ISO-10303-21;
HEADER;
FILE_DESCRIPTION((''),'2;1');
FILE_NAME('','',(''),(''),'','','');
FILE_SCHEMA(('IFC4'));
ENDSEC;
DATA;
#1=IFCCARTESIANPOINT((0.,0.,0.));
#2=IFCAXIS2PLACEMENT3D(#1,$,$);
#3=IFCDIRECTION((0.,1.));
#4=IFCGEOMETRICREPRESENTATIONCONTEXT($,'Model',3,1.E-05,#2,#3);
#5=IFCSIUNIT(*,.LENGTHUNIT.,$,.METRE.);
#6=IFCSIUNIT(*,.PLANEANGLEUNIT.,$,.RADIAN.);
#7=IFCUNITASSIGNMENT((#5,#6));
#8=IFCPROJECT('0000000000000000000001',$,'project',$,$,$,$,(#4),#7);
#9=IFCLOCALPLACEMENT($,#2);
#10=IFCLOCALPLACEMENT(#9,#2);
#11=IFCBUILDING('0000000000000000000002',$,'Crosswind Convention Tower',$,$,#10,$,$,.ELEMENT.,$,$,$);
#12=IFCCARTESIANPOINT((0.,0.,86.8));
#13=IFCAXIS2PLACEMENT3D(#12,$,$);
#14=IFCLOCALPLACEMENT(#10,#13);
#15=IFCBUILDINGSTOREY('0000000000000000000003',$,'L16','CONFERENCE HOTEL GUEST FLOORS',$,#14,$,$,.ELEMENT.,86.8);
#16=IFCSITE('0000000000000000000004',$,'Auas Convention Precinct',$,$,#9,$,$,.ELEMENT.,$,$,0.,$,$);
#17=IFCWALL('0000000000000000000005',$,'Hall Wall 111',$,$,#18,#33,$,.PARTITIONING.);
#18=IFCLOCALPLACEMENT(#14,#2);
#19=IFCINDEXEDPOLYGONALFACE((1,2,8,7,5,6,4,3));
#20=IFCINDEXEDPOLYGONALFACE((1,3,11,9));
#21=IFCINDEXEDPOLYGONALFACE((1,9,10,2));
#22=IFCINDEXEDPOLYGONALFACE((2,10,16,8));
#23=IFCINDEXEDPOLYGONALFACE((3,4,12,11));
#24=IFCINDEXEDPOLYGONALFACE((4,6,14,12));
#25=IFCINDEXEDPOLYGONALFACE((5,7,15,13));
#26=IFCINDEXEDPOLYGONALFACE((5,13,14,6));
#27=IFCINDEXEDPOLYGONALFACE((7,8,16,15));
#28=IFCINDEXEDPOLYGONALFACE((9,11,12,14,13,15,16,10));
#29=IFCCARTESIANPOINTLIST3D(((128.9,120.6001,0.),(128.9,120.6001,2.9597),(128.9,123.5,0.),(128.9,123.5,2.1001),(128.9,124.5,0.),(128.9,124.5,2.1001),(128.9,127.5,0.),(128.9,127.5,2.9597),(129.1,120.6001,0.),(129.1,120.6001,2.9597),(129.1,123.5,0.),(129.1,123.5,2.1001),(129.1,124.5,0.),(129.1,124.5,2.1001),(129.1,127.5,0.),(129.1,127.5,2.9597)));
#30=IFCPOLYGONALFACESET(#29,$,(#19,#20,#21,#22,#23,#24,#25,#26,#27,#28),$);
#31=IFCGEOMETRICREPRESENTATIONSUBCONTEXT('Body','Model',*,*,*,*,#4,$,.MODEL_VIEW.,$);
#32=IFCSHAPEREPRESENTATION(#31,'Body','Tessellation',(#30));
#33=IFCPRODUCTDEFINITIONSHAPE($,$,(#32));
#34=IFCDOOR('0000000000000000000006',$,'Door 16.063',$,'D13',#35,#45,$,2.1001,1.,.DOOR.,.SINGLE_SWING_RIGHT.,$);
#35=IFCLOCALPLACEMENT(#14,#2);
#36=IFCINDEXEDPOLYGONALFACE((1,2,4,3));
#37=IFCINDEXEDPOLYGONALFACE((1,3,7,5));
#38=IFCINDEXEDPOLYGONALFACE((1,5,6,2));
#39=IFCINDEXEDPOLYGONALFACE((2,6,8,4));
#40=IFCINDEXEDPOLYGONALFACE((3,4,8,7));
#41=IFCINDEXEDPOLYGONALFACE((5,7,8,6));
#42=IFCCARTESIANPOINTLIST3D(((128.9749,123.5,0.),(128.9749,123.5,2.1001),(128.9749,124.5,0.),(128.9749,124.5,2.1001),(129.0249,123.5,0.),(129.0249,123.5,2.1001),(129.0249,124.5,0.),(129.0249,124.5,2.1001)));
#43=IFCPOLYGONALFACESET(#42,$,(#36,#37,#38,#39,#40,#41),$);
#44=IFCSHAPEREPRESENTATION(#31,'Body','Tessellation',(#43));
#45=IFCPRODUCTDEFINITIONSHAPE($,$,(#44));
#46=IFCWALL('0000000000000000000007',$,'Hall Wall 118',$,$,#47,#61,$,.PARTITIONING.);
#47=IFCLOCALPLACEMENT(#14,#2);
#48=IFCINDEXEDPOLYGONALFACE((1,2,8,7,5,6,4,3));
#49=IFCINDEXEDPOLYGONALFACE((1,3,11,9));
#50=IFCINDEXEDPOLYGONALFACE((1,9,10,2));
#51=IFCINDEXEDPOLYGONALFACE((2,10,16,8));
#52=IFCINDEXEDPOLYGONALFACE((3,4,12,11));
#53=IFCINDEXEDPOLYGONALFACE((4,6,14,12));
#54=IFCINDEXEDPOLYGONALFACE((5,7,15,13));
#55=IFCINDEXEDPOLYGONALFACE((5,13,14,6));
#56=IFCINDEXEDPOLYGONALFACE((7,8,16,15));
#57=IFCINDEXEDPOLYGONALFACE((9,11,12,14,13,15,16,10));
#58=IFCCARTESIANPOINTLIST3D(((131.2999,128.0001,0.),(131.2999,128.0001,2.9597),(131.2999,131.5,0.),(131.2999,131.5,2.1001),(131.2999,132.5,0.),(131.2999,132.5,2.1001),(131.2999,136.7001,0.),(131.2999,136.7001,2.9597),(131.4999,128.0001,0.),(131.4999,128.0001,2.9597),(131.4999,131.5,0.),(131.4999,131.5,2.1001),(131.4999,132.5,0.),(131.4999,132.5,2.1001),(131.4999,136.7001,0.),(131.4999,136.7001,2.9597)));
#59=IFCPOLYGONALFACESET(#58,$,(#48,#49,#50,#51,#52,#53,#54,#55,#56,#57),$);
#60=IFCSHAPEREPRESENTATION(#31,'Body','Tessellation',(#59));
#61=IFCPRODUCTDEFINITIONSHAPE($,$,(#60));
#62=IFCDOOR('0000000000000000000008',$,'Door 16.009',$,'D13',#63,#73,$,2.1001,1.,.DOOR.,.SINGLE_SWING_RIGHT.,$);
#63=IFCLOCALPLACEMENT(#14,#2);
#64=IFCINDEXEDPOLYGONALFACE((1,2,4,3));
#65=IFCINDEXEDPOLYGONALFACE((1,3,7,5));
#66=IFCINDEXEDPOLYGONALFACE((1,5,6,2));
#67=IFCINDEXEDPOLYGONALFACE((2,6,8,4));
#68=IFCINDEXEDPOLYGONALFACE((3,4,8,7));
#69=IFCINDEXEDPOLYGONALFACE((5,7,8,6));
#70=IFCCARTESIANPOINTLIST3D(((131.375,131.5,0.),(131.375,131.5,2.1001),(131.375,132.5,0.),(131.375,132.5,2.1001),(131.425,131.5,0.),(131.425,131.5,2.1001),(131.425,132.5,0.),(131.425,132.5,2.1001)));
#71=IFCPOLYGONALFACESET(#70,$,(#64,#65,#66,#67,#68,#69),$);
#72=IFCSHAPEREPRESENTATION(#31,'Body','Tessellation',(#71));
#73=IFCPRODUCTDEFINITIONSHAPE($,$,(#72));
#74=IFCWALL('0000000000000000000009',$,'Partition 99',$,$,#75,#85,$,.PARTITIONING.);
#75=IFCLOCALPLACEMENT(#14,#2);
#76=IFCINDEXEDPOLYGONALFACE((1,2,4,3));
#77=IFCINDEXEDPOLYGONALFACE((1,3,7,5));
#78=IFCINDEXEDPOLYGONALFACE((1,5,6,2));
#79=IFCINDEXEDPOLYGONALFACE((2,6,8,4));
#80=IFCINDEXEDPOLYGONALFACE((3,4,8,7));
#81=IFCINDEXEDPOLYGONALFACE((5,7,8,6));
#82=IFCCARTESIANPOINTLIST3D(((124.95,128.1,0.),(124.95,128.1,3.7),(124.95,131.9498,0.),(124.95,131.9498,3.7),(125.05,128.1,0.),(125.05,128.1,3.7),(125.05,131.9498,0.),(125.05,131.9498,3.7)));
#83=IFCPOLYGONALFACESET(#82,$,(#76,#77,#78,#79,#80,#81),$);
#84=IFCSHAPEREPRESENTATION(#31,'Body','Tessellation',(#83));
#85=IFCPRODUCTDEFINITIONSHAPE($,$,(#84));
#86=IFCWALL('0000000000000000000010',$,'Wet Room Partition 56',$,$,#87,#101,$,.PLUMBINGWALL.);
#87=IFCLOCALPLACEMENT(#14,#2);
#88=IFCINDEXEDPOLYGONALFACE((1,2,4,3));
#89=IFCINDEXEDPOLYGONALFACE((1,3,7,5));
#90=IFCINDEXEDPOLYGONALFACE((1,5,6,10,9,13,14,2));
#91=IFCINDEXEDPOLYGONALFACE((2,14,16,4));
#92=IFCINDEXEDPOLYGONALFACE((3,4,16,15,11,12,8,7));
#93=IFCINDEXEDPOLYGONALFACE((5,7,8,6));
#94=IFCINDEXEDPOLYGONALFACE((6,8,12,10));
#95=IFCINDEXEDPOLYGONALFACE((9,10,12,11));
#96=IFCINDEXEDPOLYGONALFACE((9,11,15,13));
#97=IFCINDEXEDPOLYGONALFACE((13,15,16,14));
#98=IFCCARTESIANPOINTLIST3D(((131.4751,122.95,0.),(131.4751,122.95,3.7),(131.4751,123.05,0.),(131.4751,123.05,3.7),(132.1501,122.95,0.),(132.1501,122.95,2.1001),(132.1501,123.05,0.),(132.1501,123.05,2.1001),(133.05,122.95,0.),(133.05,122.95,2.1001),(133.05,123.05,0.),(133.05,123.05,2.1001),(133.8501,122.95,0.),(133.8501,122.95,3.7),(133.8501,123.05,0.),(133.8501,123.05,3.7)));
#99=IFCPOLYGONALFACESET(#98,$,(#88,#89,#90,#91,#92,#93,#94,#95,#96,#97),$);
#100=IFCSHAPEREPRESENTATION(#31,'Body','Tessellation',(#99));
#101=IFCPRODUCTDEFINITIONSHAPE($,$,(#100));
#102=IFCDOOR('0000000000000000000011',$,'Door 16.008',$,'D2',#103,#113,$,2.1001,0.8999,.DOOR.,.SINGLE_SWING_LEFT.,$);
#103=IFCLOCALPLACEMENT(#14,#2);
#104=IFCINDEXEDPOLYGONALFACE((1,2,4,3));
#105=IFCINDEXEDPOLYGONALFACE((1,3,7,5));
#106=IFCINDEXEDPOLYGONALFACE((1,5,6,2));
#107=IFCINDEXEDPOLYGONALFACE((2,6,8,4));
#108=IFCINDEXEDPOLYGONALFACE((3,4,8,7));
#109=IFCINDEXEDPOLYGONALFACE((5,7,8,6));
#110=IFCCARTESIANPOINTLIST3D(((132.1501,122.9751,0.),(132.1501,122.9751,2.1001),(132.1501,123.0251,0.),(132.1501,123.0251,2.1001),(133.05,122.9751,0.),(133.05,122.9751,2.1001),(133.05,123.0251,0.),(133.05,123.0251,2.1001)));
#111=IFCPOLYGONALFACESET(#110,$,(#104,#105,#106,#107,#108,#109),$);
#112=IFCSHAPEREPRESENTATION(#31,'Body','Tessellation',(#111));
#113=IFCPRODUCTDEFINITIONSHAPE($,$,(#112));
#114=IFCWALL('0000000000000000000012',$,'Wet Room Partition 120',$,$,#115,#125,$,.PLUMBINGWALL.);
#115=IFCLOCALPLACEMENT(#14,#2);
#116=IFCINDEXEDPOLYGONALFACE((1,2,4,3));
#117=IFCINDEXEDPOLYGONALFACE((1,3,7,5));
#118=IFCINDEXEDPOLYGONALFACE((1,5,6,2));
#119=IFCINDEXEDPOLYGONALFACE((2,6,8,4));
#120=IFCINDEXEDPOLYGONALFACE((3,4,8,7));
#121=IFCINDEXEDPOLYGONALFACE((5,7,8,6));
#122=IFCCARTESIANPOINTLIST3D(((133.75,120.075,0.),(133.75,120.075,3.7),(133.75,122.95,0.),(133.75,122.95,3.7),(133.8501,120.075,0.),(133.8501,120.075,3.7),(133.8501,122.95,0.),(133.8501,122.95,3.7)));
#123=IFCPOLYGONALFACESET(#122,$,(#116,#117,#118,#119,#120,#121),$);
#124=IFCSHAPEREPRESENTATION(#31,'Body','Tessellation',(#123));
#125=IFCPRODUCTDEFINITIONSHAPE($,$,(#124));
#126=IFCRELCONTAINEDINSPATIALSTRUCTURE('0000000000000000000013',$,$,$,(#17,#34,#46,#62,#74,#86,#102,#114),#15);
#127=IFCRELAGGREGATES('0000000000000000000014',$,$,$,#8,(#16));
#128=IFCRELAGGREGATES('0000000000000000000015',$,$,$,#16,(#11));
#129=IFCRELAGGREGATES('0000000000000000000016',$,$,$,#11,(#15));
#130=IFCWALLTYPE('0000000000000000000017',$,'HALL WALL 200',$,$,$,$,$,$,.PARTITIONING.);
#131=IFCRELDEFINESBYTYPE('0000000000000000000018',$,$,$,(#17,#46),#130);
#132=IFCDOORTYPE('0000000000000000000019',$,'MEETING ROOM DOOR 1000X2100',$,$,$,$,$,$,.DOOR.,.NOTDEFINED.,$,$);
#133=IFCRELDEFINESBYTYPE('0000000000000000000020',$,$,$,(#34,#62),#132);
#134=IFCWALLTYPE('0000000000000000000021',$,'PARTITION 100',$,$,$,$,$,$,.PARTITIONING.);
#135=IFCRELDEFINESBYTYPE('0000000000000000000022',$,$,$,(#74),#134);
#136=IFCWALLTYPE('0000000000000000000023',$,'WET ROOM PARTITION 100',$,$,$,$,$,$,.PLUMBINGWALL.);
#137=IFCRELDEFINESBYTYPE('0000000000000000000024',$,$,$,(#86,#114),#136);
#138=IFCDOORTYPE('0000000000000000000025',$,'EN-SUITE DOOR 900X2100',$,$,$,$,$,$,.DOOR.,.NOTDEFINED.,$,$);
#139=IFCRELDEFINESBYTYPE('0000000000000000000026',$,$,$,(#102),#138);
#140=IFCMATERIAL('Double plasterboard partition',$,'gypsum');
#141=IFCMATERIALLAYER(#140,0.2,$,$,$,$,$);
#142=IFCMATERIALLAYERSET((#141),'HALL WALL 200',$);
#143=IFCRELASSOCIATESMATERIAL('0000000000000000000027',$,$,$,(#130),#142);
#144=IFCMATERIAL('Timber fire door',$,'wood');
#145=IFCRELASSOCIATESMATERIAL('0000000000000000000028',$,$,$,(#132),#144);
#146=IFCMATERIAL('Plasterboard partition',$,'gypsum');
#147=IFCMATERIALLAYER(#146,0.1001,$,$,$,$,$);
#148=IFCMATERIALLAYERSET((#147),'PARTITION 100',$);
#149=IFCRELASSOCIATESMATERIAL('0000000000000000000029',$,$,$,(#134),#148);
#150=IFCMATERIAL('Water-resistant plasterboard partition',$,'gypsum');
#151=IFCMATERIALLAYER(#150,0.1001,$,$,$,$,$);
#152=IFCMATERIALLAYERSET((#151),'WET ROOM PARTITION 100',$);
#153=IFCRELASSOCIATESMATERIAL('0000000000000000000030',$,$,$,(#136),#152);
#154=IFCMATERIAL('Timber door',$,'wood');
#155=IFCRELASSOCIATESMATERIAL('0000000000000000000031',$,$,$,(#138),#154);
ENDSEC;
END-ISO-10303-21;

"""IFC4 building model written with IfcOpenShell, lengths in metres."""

from ifc_helpers import new_model, si_unit, direction, frame, frame_2d, origin, place, context, subcontext, project, spatial, rectangle, extrude, material, layer, layer_set, type_object, element, fill, save


model = new_model("IFC4")

# Units and contexts
model_context = context("Model", 3, precision=1e-05, world=origin(), true_north=direction((0.0, 1.0)))
body_context = subcontext(model_context, "Body", "Model", "MODEL_VIEW")
ifc_project = project(units=[si_unit("LENGTHUNIT", "METRE"), si_unit("PLANEANGLEUNIT", "RADIAN")], contexts=[model_context])

# Site, building, storey
site_placement = place(None, origin())
site = spatial("IfcSite", under=ifc_project, at=site_placement, Name="Auas Convention Precinct", CompositionType="ELEMENT", RefElevation=0.0)
building_placement = place(site_placement, origin())
building = spatial("IfcBuilding", under=site, at=building_placement, Name="Crosswind Convention Tower", CompositionType="ELEMENT")
storey_placement = place(building_placement, frame((0.0, 0.0, 86.8)))
storey = spatial("IfcBuildingStorey", under=building, at=storey_placement, Name="L16", Description="CONFERENCE HOTEL GUEST FLOORS", CompositionType="ELEMENT", Elevation=86.8)

# Shared definitions
ifc_material_1 = material(Name="Double plasterboard partition", Category="gypsum")
ifc_layer_1 = layer(ifc_material_1, 0.2)
ifc_layer_set_1 = layer_set([ifc_layer_1], Name="HALL WALL 200")
wall_type_1 = type_object("IfcWallType", Name="HALL WALL 200", PredefinedType="PARTITIONING", material=ifc_layer_set_1)

# Walls, openings, doors
wall_1_placement = place(storey_placement, frame((129.0, 120.6001, 0.0), z_axis=(0.0, 0.0, 1.0), x_axis=(0.0, 1.0, 0.0)))
wall_1 = element("IfcWall", 1, at=wall_1_placement, inside=storey, type_object=wall_type_1, Name="Hall Wall 111", PredefinedType="PARTITIONING", context=body_context, shape_type="SweptSolid", body=[
    extrude(rectangle(XDim=6.8999, YDim=0.2, at=frame_2d((3.45, 0.0))), origin(), (0.0, 0.0, 1.0), 2.9597),
])
opening_1_placement = place(wall_1_placement, frame((2.8999, 0.0, 0.0)))
opening_1 = element("IfcOpeningElement", 2, at=opening_1_placement, cuts=wall_1, PredefinedType="OPENING", context=body_context, shape_type="SweptSolid", body=[
    extrude(rectangle(XDim=1.0, YDim=2.1001, at=frame_2d((0.5, 1.05))), frame((0.0, 0.1099, 0.0), z_axis=(0.0, -1.0, 0.0), x_axis=(1.0, 0.0, 0.0)), (0.0, 0.0, 1.0), 0.22),
])
ifc_material_2 = material(Name="Timber fire door", Category="wood")
door_type_1 = type_object("IfcDoorType", Name="MEETING ROOM DOOR 1000X2100", OperationType="NOTDEFINED", PredefinedType="DOOR", material=ifc_material_2)
door_1_placement = place(opening_1_placement, frame((1.0, 0.0, 0.0), z_axis=(0.0, 0.0, 1.0), x_axis=(-1.0, 0.0, 0.0)))
door_1 = element("IfcDoor", 3, at=door_1_placement, inside=storey, type_object=door_type_1, Name="Door 16.063", ObjectType="D13", OperationType="SINGLE_SWING_RIGHT", OverallHeight=2.1001, OverallWidth=1.0, PredefinedType="DOOR", context=body_context, shape_type="SweptSolid", body=[
    extrude(rectangle(XDim=1.0, YDim=2.1001, at=frame_2d((0.5, 1.05))), frame((0.0, 0.0249, 0.0), z_axis=(0.0, -1.0, 0.0), x_axis=(1.0, 0.0, 0.0)), (0.0, 0.0, 1.0), 0.05),
])
fill(opening_1, door_1)
wall_2_placement = place(storey_placement, frame((131.3999, 128.0, 0.0), z_axis=(0.0, 0.0, 1.0), x_axis=(0.0, 1.0, 0.0)))
wall_2 = element("IfcWall", 4, at=wall_2_placement, inside=storey, type_object=wall_type_1, Name="Hall Wall 118", PredefinedType="PARTITIONING", context=body_context, shape_type="SweptSolid", body=[
    extrude(rectangle(XDim=8.7, YDim=0.2, at=frame_2d((4.3501, 0.0))), origin(), (0.0, 0.0, 1.0), 2.9597),
])
opening_2_placement = place(wall_2_placement, frame((3.5, 0.0, 0.0)))
opening_2 = element("IfcOpeningElement", 5, at=opening_2_placement, cuts=wall_2, PredefinedType="OPENING", context=body_context, shape_type="SweptSolid", body=[
    extrude(rectangle(XDim=1.0, YDim=2.1001, at=frame_2d((0.5, 1.05))), frame((0.0, 0.1099, 0.0), z_axis=(0.0, -1.0, 0.0), x_axis=(1.0, 0.0, 0.0)), (0.0, 0.0, 1.0), 0.22),
])
door_2_placement = place(opening_2_placement, origin())
door_2 = element("IfcDoor", 6, at=door_2_placement, inside=storey, type_object=door_type_1, Name="Door 16.009", ObjectType="D13", OperationType="SINGLE_SWING_RIGHT", OverallHeight=2.1001, OverallWidth=1.0, PredefinedType="DOOR", context=body_context, shape_type="SweptSolid", body=[
    extrude(rectangle(XDim=1.0, YDim=2.1001, at=frame_2d((0.5, 1.05))), frame((0.0, 0.0249, 0.0), z_axis=(0.0, -1.0, 0.0), x_axis=(1.0, 0.0, 0.0)), (0.0, 0.0, 1.0), 0.05),
])
fill(opening_2, door_2)

# Wall
ifc_material_3 = material(Name="Plasterboard partition", Category="gypsum")
ifc_layer_2 = layer(ifc_material_3, 0.1001)
ifc_layer_set_2 = layer_set([ifc_layer_2], Name="PARTITION 100")
wall_type_2 = type_object("IfcWallType", Name="PARTITION 100", PredefinedType="PARTITIONING", material=ifc_layer_set_2)
wall_3_placement = place(storey_placement, frame((125.0, 128.1001, 0.0), z_axis=(0.0, 0.0, 1.0), x_axis=(0.0, 1.0, 0.0)))
element("IfcWall", 7, at=wall_3_placement, inside=storey, type_object=wall_type_2, Name="Partition 99", PredefinedType="PARTITIONING", context=body_context, shape_type="SweptSolid", body=[
    extrude(rectangle(XDim=3.8499, YDim=0.1001, at=frame_2d((1.9248, 0.0))), origin(), (0.0, 0.0, 1.0), 3.7),
])

# Wall, opening, door
ifc_material_4 = material(Name="Water-resistant plasterboard partition", Category="gypsum")
ifc_layer_3 = layer(ifc_material_4, 0.1001)
ifc_layer_set_3 = layer_set([ifc_layer_3], Name="WET ROOM PARTITION 100")
wall_type_3 = type_object("IfcWallType", Name="WET ROOM PARTITION 100", PredefinedType="PLUMBINGWALL", material=ifc_layer_set_3)
wall_4_placement = place(storey_placement, frame((131.4751, 123.0, 0.0), z_axis=(0.0, 0.0, 1.0), x_axis=(1.0, 0.0, 0.0)))
wall_4 = element("IfcWall", 8, at=wall_4_placement, inside=storey, type_object=wall_type_3, Name="Wet Room Partition 56", PredefinedType="PLUMBINGWALL", context=body_context, shape_type="SweptSolid", body=[
    extrude(rectangle(XDim=2.375, YDim=0.1001, at=frame_2d((1.1875, 0.0))), origin(), (0.0, 0.0, 1.0), 3.7),
])
opening_3_placement = place(wall_4_placement, frame((0.675, 0.0, 0.0)))
opening_3 = element("IfcOpeningElement", 9, at=opening_3_placement, cuts=wall_4, PredefinedType="OPENING", context=body_context, shape_type="SweptSolid", body=[
    extrude(rectangle(XDim=0.8999, YDim=2.1001, at=frame_2d((0.45, 1.05))), frame((0.0, 0.0601, 0.0), z_axis=(0.0, -1.0, 0.0), x_axis=(1.0, 0.0, 0.0)), (0.0, 0.0, 1.0), 0.1201),
])
ifc_material_5 = material(Name="Timber door", Category="wood")
door_type_2 = type_object("IfcDoorType", Name="EN-SUITE DOOR 900X2100", OperationType="NOTDEFINED", PredefinedType="DOOR", material=ifc_material_5)
door_3_placement = place(opening_3_placement, frame((0.8999, 0.0, 0.0), z_axis=(0.0, 0.0, 1.0), x_axis=(-1.0, 0.0, 0.0)))
door_3 = element("IfcDoor", 10, at=door_3_placement, inside=storey, type_object=door_type_2, Name="Door 16.008", ObjectType="D2", OperationType="SINGLE_SWING_LEFT", OverallHeight=2.1001, OverallWidth=0.8999, PredefinedType="DOOR", context=body_context, shape_type="SweptSolid", body=[
    extrude(rectangle(XDim=0.8999, YDim=2.1001, at=frame_2d((0.45, 1.05))), frame((0.0, 0.0249, 0.0), z_axis=(0.0, -1.0, 0.0), x_axis=(1.0, 0.0, 0.0)), (0.0, 0.0, 1.0), 0.05),
])
fill(opening_3, door_3)

# Wall
wall_5_placement = place(storey_placement, frame((133.8, 120.075, 0.0), z_axis=(0.0, 0.0, 1.0), x_axis=(0.0, 1.0, 0.0)))
element("IfcWall", 11, at=wall_5_placement, inside=storey, type_object=wall_type_3, Name="Wet Room Partition 120", PredefinedType="PLUMBINGWALL", context=body_context, shape_type="SweptSolid", body=[
    extrude(rectangle(XDim=2.875, YDim=0.1001, at=frame_2d((1.4375, 0.0))), origin(), (0.0, 0.0, 1.0), 3.7),
])

save(model, "model.ifc")
